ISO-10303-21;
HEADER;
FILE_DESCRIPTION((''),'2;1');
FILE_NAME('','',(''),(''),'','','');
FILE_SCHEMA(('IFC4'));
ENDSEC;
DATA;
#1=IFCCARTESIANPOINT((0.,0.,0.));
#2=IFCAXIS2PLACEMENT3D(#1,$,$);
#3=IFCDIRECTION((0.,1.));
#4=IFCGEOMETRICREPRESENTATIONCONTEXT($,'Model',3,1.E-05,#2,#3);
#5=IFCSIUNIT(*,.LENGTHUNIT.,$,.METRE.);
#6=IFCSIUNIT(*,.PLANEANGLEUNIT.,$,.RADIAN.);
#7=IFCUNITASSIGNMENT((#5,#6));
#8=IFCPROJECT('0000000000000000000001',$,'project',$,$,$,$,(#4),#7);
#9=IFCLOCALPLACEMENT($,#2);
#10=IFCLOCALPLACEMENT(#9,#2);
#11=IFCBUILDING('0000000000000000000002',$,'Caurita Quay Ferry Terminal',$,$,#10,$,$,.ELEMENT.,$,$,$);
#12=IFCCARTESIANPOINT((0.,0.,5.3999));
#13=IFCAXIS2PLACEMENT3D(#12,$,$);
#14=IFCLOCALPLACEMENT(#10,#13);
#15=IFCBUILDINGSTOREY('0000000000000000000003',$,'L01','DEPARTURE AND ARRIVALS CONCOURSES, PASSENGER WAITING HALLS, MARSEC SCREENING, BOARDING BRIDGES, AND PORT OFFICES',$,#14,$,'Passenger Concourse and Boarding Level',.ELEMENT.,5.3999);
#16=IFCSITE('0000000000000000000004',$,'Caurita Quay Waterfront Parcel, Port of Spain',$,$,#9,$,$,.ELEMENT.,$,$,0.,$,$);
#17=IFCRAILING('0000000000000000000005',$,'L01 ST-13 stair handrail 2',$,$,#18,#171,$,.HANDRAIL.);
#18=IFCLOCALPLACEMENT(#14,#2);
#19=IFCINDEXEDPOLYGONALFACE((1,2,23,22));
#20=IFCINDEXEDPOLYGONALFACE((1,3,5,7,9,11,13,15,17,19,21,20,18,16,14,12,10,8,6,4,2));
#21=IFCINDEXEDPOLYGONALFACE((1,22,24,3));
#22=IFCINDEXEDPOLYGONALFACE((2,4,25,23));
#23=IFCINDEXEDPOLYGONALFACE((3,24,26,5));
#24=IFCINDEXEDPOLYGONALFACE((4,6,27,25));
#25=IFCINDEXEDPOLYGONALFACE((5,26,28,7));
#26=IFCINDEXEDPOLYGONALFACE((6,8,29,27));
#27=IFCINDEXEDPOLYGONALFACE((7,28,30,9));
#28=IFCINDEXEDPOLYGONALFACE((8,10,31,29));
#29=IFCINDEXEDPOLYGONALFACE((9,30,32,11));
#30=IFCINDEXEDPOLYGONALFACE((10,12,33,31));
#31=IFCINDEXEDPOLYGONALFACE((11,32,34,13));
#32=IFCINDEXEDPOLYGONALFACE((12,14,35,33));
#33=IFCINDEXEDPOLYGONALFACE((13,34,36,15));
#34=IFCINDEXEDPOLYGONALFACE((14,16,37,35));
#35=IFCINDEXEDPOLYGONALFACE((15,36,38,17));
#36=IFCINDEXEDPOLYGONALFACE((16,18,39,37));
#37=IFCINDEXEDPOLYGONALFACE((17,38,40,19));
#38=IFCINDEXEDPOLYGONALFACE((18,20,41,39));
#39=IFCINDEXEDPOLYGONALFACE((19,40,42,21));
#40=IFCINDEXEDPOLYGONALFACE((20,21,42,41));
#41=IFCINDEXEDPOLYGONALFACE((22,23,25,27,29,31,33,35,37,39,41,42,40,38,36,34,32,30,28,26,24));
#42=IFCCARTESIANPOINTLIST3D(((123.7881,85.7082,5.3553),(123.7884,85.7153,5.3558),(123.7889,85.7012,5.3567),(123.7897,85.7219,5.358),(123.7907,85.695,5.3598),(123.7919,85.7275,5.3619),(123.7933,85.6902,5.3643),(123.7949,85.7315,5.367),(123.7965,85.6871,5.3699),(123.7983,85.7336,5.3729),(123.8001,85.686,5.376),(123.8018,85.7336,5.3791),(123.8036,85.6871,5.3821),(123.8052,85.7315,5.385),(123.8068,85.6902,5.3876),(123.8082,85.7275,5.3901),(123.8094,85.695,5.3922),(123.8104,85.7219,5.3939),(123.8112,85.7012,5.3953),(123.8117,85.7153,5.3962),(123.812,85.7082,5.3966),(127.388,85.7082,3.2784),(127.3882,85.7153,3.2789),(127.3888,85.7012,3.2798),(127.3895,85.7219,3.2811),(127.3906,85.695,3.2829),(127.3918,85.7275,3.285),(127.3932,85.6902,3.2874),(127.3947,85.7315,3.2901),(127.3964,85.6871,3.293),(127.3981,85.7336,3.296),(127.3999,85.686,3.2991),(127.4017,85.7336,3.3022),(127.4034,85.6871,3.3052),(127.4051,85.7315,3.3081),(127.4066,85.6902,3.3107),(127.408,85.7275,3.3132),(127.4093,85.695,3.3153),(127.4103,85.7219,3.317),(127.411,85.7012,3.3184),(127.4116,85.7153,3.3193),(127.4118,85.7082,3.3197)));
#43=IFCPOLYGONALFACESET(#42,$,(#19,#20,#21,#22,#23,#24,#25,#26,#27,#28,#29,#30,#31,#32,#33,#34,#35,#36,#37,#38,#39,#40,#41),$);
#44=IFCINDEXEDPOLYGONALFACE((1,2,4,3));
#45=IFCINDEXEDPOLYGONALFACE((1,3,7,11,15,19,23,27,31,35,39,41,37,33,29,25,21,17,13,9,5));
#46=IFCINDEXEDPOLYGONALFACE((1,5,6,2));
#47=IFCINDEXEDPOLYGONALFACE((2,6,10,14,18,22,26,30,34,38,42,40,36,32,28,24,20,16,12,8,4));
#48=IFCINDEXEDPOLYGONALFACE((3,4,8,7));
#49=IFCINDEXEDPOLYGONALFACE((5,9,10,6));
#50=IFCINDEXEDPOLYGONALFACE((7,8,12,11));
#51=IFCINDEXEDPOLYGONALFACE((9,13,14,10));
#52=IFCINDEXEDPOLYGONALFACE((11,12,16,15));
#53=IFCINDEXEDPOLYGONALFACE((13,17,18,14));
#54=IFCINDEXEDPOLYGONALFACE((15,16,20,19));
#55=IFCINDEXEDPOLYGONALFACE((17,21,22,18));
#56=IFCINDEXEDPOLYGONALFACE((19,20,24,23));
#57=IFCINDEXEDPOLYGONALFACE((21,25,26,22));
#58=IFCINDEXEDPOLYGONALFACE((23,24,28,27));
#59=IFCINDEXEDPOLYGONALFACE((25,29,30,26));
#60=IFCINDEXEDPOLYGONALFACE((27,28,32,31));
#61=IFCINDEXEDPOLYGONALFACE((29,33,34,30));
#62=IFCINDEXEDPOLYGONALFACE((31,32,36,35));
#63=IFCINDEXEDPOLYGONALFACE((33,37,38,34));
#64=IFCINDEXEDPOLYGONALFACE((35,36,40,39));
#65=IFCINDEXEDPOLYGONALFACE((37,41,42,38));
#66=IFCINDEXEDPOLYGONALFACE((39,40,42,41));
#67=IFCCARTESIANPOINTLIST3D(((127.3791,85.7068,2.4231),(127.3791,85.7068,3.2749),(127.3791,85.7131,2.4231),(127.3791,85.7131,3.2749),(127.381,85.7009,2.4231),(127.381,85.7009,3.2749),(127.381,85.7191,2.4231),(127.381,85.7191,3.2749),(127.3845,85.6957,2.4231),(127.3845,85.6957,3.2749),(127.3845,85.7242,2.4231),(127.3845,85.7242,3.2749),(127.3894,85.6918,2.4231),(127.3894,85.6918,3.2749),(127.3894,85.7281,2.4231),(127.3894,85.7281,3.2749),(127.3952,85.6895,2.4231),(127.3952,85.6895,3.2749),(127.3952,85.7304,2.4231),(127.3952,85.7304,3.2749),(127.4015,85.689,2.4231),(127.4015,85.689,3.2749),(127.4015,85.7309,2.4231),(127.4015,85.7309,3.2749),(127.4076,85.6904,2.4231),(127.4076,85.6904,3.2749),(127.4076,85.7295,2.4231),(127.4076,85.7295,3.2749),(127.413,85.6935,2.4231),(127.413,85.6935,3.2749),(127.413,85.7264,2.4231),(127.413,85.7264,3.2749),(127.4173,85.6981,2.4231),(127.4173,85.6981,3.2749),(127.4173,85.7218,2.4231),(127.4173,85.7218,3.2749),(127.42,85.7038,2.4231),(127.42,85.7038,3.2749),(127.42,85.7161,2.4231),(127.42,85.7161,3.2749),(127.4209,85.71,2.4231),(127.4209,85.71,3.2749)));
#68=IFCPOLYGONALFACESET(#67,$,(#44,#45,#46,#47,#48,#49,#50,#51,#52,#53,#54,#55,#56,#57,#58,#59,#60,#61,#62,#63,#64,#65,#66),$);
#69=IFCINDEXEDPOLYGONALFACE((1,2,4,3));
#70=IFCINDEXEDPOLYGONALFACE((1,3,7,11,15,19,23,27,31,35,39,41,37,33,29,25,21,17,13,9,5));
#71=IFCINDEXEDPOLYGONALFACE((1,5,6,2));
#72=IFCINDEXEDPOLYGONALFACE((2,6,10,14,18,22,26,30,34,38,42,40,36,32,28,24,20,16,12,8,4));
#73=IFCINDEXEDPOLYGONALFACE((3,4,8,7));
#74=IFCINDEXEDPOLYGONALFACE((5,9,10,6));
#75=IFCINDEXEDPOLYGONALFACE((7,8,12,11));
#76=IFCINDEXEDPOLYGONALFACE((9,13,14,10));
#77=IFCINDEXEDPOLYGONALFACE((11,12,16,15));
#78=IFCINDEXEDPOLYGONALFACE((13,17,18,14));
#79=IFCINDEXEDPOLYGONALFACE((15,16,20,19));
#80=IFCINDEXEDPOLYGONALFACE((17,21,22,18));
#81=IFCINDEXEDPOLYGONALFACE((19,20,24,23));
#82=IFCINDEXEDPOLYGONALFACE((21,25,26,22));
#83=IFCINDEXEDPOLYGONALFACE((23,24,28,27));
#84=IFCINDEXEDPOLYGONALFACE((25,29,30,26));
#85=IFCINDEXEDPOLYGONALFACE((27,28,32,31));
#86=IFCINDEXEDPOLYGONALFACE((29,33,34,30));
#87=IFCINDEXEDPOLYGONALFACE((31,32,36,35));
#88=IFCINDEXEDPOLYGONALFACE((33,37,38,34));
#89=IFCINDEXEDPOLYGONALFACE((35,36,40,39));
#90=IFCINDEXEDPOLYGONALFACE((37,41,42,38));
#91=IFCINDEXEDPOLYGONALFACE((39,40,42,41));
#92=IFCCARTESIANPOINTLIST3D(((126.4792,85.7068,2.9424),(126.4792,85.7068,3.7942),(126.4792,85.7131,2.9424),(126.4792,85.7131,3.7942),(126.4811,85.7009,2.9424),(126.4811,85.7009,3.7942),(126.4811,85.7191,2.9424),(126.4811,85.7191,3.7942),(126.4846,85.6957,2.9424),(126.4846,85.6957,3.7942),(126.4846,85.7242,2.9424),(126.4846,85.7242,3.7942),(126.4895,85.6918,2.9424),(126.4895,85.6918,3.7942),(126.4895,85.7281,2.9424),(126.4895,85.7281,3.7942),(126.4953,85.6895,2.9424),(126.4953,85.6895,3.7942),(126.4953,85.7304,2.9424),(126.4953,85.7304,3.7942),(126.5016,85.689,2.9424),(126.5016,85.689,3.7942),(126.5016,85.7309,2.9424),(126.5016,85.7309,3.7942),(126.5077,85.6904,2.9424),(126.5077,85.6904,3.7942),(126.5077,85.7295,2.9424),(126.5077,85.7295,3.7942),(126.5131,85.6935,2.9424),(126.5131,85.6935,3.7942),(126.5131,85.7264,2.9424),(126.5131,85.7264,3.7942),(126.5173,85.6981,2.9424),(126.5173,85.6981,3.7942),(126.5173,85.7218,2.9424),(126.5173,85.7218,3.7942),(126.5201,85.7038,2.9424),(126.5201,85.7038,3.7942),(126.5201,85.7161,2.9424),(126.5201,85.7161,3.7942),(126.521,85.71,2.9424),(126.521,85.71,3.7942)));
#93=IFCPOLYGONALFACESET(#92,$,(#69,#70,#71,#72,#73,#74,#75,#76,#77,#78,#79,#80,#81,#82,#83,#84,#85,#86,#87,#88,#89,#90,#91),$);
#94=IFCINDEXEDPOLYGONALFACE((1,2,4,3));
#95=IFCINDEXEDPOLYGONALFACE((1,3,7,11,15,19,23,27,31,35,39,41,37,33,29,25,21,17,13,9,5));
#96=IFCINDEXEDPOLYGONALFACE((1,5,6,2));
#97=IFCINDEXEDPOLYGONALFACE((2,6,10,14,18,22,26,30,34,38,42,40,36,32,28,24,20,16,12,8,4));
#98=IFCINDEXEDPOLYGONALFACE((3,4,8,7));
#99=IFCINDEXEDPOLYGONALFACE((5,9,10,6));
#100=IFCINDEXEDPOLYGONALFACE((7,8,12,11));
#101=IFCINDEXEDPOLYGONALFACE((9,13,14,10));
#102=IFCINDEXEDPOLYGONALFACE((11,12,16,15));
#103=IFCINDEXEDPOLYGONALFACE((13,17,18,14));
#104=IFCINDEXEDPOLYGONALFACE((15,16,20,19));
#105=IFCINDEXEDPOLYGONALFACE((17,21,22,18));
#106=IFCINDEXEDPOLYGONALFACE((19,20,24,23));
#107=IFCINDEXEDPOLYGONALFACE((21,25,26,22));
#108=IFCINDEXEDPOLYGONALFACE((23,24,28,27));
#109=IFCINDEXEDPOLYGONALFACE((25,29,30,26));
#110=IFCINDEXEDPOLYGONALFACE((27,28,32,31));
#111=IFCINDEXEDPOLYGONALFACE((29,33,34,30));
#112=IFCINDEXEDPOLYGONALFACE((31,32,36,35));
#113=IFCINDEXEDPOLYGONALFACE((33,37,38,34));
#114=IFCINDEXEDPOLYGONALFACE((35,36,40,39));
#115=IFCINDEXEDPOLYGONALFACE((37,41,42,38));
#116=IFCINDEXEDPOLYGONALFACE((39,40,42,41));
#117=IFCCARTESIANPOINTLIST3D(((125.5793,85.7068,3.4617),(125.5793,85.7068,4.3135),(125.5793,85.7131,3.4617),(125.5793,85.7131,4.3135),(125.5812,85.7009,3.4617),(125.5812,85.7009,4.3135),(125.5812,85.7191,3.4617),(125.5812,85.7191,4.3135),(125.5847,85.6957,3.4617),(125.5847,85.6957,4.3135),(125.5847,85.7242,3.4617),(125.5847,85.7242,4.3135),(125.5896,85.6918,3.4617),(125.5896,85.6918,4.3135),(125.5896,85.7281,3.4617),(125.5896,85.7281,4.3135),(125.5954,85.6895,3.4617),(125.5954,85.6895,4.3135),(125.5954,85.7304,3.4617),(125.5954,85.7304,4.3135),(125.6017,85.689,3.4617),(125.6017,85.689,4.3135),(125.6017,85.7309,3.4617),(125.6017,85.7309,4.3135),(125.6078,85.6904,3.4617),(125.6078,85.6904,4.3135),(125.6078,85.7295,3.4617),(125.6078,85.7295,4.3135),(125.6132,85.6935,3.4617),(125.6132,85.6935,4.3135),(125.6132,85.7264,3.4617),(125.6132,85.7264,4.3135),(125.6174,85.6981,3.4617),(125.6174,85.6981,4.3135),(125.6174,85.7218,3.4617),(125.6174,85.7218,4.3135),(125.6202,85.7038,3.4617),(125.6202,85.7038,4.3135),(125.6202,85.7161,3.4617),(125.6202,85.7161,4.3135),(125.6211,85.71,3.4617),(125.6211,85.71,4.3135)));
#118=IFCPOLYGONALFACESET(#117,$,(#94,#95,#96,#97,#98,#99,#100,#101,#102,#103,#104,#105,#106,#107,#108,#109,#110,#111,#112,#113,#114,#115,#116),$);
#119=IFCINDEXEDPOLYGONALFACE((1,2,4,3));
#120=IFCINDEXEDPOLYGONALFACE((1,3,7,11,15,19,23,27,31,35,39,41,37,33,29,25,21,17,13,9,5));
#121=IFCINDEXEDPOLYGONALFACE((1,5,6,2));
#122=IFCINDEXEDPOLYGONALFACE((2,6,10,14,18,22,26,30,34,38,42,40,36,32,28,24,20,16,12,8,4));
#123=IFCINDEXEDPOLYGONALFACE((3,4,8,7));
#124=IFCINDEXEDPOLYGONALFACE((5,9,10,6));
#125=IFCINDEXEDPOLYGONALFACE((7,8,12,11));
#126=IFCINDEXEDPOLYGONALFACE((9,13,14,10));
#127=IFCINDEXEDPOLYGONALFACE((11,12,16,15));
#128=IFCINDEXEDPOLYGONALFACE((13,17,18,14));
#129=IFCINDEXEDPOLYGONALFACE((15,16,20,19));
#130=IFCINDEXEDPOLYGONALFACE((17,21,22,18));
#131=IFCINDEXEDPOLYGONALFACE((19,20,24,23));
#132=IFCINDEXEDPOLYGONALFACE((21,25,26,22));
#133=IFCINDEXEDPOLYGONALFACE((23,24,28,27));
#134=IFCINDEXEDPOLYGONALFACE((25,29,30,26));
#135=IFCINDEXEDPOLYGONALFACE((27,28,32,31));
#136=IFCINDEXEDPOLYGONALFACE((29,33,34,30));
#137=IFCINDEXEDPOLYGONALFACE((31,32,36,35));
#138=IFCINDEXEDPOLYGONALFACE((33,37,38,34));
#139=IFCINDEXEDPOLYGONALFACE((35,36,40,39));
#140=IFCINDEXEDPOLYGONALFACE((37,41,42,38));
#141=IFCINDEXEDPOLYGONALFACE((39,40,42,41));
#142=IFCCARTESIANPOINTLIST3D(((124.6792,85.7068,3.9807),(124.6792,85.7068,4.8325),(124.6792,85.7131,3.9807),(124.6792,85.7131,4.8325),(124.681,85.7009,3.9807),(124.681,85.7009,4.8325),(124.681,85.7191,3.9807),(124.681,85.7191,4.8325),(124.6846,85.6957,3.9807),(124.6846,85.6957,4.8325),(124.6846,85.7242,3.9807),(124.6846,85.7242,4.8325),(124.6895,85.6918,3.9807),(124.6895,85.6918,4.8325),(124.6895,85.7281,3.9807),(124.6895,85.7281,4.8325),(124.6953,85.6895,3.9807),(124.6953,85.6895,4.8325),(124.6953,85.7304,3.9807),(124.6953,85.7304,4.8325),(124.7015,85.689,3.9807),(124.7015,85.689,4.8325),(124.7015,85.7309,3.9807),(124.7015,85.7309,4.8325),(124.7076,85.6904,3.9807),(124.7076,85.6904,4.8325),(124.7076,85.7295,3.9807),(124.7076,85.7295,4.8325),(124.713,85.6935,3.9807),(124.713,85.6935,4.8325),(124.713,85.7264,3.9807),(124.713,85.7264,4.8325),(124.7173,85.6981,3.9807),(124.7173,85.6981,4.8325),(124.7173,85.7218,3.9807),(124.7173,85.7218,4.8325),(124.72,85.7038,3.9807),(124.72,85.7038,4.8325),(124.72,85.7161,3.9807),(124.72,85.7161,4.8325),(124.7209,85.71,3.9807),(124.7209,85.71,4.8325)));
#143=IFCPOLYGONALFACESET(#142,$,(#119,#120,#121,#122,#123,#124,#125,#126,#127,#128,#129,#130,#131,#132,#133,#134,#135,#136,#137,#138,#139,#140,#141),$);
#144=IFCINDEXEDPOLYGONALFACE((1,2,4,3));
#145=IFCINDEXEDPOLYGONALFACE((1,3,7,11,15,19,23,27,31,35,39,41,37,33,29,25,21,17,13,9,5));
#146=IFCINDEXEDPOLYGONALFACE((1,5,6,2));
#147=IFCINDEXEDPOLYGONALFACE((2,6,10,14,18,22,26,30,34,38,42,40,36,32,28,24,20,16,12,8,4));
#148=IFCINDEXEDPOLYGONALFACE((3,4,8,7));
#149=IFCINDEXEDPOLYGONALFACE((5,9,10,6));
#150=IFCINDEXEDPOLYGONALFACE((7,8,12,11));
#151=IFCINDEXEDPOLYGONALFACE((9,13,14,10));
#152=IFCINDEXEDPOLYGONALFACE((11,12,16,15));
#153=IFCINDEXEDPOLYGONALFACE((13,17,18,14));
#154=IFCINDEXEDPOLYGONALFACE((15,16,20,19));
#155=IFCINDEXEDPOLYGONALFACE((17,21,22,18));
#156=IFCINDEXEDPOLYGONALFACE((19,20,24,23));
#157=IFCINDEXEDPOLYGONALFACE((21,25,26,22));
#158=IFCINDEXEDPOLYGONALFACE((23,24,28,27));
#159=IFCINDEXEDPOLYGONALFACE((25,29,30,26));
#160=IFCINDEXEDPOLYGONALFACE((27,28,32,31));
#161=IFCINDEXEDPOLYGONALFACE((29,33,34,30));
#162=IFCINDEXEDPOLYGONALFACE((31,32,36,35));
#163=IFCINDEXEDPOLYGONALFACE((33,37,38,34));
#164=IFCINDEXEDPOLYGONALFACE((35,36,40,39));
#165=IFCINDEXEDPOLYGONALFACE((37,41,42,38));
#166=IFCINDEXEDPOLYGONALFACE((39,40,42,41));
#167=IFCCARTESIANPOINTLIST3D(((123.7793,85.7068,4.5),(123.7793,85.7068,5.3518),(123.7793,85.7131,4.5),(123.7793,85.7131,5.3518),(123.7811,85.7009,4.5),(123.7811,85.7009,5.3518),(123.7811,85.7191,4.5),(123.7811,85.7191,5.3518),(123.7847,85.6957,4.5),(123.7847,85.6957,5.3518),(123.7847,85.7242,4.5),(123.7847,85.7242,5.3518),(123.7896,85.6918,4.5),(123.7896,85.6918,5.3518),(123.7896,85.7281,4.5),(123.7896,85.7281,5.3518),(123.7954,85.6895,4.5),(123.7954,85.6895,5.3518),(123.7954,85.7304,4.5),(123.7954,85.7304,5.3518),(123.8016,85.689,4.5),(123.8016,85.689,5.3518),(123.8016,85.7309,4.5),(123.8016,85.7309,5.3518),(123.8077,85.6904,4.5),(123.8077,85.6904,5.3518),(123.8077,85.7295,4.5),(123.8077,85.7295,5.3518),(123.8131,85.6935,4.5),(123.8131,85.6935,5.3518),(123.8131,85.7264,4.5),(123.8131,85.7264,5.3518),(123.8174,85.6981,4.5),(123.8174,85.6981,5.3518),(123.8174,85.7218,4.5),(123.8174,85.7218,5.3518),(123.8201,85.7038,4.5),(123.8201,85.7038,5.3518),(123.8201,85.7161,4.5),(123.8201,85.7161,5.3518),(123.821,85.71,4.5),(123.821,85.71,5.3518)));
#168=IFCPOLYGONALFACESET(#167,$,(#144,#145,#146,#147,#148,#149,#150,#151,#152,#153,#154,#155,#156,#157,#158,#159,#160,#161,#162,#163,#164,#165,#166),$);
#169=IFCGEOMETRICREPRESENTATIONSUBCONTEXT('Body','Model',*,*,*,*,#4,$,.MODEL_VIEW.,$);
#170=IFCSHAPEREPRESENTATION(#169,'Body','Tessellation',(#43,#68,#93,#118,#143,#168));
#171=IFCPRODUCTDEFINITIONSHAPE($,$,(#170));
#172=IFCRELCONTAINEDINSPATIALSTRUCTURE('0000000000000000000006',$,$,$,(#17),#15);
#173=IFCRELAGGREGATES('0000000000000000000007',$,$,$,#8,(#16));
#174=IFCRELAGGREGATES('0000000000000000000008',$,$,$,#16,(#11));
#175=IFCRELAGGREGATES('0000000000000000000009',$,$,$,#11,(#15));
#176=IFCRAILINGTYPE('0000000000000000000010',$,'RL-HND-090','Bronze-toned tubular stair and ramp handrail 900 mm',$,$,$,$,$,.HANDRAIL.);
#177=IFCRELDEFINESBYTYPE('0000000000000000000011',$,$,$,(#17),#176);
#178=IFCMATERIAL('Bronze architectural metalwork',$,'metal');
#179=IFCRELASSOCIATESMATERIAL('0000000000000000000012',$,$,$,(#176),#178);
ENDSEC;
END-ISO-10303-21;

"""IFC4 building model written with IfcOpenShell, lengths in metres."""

from ifc_helpers import new_model, si_unit, direction, frame, origin, origin_2d, place, context, subcontext, project, spatial, circle, extrude, material, type_object, element, save


model = new_model("IFC4")

# Units and contexts
model_context = context("Model", 3, precision=1e-05, world=origin(), true_north=direction((0.0, 1.0)))
body_context = subcontext(model_context, "Body", "Model", "MODEL_VIEW")
ifc_project = project(units=[si_unit("LENGTHUNIT", "METRE"), si_unit("PLANEANGLEUNIT", "RADIAN")], contexts=[model_context])

# Site, building, storey
site_placement = place(None, origin())
site = spatial("IfcSite", under=ifc_project, at=site_placement, Name="Caurita Quay Waterfront Parcel, Port of Spain", CompositionType="ELEMENT", RefElevation=0.0)
building_placement = place(site_placement, origin())
building = spatial("IfcBuilding", under=site, at=building_placement, Name="Caurita Quay Ferry Terminal", CompositionType="ELEMENT")
storey_placement = place(building_placement, frame((0.0, 0.0, 5.3999)))
storey = spatial("IfcBuildingStorey", under=building, at=storey_placement, Name="L01", Description="DEPARTURE AND ARRIVALS CONCOURSES, PASSENGER WAITING HALLS, MARSEC SCREENING, BOARDING BRIDGES, AND PORT OFFICES", LongName="Passenger Concourse and Boarding Level", CompositionType="ELEMENT", Elevation=5.3999)

# Railing
ifc_material_1 = material(Name="Bronze architectural metalwork", Category="metal")
railing_type_1 = type_object("IfcRailingType", Name="RL-HND-090", Description="Bronze-toned tubular stair and ramp handrail 900 mm", PredefinedType="HANDRAIL", material=ifc_material_1)
railing_1_placement = place(storey_placement, frame((127.3999, 85.71, 2.4231)))
element("IfcRailing", 1, at=railing_1_placement, inside=storey, type_object=railing_type_1, Name="L01 ST-13 stair handrail 2", PredefinedType="HANDRAIL", context=body_context, shape_type="SweptSolid", body=[
    extrude(circle(Radius=0.0239, at=origin_2d()), frame((0.0, 0.0, 0.876), z_axis=(-0.866179, 0.0, 0.499734), x_axis=(0.0, -1.0, 0.0)), (0.0, 0.0, 1.0), 4.156),
    extrude(circle(Radius=0.021, at=origin_2d()), origin(), (0.0, 0.0, 1.0), 0.8518),
    extrude(circle(Radius=0.021, at=origin_2d()), frame((-0.8999, 0.0, 0.5193)), (0.0, 0.0, 1.0), 0.8518),
    extrude(circle(Radius=0.021, at=origin_2d()), frame((-1.7998, 0.0, 1.0386)), (0.0, 0.0, 1.0), 0.8518),
    extrude(circle(Radius=0.021, at=origin_2d()), frame((-2.7, 0.0, 1.5576)), (0.0, 0.0, 1.0), 0.8518),
    extrude(circle(Radius=0.021, at=origin_2d()), frame((-3.5999, 0.0, 2.0769)), (0.0, 0.0, 1.0), 0.8518),
])

save(model, "model.ifc")
